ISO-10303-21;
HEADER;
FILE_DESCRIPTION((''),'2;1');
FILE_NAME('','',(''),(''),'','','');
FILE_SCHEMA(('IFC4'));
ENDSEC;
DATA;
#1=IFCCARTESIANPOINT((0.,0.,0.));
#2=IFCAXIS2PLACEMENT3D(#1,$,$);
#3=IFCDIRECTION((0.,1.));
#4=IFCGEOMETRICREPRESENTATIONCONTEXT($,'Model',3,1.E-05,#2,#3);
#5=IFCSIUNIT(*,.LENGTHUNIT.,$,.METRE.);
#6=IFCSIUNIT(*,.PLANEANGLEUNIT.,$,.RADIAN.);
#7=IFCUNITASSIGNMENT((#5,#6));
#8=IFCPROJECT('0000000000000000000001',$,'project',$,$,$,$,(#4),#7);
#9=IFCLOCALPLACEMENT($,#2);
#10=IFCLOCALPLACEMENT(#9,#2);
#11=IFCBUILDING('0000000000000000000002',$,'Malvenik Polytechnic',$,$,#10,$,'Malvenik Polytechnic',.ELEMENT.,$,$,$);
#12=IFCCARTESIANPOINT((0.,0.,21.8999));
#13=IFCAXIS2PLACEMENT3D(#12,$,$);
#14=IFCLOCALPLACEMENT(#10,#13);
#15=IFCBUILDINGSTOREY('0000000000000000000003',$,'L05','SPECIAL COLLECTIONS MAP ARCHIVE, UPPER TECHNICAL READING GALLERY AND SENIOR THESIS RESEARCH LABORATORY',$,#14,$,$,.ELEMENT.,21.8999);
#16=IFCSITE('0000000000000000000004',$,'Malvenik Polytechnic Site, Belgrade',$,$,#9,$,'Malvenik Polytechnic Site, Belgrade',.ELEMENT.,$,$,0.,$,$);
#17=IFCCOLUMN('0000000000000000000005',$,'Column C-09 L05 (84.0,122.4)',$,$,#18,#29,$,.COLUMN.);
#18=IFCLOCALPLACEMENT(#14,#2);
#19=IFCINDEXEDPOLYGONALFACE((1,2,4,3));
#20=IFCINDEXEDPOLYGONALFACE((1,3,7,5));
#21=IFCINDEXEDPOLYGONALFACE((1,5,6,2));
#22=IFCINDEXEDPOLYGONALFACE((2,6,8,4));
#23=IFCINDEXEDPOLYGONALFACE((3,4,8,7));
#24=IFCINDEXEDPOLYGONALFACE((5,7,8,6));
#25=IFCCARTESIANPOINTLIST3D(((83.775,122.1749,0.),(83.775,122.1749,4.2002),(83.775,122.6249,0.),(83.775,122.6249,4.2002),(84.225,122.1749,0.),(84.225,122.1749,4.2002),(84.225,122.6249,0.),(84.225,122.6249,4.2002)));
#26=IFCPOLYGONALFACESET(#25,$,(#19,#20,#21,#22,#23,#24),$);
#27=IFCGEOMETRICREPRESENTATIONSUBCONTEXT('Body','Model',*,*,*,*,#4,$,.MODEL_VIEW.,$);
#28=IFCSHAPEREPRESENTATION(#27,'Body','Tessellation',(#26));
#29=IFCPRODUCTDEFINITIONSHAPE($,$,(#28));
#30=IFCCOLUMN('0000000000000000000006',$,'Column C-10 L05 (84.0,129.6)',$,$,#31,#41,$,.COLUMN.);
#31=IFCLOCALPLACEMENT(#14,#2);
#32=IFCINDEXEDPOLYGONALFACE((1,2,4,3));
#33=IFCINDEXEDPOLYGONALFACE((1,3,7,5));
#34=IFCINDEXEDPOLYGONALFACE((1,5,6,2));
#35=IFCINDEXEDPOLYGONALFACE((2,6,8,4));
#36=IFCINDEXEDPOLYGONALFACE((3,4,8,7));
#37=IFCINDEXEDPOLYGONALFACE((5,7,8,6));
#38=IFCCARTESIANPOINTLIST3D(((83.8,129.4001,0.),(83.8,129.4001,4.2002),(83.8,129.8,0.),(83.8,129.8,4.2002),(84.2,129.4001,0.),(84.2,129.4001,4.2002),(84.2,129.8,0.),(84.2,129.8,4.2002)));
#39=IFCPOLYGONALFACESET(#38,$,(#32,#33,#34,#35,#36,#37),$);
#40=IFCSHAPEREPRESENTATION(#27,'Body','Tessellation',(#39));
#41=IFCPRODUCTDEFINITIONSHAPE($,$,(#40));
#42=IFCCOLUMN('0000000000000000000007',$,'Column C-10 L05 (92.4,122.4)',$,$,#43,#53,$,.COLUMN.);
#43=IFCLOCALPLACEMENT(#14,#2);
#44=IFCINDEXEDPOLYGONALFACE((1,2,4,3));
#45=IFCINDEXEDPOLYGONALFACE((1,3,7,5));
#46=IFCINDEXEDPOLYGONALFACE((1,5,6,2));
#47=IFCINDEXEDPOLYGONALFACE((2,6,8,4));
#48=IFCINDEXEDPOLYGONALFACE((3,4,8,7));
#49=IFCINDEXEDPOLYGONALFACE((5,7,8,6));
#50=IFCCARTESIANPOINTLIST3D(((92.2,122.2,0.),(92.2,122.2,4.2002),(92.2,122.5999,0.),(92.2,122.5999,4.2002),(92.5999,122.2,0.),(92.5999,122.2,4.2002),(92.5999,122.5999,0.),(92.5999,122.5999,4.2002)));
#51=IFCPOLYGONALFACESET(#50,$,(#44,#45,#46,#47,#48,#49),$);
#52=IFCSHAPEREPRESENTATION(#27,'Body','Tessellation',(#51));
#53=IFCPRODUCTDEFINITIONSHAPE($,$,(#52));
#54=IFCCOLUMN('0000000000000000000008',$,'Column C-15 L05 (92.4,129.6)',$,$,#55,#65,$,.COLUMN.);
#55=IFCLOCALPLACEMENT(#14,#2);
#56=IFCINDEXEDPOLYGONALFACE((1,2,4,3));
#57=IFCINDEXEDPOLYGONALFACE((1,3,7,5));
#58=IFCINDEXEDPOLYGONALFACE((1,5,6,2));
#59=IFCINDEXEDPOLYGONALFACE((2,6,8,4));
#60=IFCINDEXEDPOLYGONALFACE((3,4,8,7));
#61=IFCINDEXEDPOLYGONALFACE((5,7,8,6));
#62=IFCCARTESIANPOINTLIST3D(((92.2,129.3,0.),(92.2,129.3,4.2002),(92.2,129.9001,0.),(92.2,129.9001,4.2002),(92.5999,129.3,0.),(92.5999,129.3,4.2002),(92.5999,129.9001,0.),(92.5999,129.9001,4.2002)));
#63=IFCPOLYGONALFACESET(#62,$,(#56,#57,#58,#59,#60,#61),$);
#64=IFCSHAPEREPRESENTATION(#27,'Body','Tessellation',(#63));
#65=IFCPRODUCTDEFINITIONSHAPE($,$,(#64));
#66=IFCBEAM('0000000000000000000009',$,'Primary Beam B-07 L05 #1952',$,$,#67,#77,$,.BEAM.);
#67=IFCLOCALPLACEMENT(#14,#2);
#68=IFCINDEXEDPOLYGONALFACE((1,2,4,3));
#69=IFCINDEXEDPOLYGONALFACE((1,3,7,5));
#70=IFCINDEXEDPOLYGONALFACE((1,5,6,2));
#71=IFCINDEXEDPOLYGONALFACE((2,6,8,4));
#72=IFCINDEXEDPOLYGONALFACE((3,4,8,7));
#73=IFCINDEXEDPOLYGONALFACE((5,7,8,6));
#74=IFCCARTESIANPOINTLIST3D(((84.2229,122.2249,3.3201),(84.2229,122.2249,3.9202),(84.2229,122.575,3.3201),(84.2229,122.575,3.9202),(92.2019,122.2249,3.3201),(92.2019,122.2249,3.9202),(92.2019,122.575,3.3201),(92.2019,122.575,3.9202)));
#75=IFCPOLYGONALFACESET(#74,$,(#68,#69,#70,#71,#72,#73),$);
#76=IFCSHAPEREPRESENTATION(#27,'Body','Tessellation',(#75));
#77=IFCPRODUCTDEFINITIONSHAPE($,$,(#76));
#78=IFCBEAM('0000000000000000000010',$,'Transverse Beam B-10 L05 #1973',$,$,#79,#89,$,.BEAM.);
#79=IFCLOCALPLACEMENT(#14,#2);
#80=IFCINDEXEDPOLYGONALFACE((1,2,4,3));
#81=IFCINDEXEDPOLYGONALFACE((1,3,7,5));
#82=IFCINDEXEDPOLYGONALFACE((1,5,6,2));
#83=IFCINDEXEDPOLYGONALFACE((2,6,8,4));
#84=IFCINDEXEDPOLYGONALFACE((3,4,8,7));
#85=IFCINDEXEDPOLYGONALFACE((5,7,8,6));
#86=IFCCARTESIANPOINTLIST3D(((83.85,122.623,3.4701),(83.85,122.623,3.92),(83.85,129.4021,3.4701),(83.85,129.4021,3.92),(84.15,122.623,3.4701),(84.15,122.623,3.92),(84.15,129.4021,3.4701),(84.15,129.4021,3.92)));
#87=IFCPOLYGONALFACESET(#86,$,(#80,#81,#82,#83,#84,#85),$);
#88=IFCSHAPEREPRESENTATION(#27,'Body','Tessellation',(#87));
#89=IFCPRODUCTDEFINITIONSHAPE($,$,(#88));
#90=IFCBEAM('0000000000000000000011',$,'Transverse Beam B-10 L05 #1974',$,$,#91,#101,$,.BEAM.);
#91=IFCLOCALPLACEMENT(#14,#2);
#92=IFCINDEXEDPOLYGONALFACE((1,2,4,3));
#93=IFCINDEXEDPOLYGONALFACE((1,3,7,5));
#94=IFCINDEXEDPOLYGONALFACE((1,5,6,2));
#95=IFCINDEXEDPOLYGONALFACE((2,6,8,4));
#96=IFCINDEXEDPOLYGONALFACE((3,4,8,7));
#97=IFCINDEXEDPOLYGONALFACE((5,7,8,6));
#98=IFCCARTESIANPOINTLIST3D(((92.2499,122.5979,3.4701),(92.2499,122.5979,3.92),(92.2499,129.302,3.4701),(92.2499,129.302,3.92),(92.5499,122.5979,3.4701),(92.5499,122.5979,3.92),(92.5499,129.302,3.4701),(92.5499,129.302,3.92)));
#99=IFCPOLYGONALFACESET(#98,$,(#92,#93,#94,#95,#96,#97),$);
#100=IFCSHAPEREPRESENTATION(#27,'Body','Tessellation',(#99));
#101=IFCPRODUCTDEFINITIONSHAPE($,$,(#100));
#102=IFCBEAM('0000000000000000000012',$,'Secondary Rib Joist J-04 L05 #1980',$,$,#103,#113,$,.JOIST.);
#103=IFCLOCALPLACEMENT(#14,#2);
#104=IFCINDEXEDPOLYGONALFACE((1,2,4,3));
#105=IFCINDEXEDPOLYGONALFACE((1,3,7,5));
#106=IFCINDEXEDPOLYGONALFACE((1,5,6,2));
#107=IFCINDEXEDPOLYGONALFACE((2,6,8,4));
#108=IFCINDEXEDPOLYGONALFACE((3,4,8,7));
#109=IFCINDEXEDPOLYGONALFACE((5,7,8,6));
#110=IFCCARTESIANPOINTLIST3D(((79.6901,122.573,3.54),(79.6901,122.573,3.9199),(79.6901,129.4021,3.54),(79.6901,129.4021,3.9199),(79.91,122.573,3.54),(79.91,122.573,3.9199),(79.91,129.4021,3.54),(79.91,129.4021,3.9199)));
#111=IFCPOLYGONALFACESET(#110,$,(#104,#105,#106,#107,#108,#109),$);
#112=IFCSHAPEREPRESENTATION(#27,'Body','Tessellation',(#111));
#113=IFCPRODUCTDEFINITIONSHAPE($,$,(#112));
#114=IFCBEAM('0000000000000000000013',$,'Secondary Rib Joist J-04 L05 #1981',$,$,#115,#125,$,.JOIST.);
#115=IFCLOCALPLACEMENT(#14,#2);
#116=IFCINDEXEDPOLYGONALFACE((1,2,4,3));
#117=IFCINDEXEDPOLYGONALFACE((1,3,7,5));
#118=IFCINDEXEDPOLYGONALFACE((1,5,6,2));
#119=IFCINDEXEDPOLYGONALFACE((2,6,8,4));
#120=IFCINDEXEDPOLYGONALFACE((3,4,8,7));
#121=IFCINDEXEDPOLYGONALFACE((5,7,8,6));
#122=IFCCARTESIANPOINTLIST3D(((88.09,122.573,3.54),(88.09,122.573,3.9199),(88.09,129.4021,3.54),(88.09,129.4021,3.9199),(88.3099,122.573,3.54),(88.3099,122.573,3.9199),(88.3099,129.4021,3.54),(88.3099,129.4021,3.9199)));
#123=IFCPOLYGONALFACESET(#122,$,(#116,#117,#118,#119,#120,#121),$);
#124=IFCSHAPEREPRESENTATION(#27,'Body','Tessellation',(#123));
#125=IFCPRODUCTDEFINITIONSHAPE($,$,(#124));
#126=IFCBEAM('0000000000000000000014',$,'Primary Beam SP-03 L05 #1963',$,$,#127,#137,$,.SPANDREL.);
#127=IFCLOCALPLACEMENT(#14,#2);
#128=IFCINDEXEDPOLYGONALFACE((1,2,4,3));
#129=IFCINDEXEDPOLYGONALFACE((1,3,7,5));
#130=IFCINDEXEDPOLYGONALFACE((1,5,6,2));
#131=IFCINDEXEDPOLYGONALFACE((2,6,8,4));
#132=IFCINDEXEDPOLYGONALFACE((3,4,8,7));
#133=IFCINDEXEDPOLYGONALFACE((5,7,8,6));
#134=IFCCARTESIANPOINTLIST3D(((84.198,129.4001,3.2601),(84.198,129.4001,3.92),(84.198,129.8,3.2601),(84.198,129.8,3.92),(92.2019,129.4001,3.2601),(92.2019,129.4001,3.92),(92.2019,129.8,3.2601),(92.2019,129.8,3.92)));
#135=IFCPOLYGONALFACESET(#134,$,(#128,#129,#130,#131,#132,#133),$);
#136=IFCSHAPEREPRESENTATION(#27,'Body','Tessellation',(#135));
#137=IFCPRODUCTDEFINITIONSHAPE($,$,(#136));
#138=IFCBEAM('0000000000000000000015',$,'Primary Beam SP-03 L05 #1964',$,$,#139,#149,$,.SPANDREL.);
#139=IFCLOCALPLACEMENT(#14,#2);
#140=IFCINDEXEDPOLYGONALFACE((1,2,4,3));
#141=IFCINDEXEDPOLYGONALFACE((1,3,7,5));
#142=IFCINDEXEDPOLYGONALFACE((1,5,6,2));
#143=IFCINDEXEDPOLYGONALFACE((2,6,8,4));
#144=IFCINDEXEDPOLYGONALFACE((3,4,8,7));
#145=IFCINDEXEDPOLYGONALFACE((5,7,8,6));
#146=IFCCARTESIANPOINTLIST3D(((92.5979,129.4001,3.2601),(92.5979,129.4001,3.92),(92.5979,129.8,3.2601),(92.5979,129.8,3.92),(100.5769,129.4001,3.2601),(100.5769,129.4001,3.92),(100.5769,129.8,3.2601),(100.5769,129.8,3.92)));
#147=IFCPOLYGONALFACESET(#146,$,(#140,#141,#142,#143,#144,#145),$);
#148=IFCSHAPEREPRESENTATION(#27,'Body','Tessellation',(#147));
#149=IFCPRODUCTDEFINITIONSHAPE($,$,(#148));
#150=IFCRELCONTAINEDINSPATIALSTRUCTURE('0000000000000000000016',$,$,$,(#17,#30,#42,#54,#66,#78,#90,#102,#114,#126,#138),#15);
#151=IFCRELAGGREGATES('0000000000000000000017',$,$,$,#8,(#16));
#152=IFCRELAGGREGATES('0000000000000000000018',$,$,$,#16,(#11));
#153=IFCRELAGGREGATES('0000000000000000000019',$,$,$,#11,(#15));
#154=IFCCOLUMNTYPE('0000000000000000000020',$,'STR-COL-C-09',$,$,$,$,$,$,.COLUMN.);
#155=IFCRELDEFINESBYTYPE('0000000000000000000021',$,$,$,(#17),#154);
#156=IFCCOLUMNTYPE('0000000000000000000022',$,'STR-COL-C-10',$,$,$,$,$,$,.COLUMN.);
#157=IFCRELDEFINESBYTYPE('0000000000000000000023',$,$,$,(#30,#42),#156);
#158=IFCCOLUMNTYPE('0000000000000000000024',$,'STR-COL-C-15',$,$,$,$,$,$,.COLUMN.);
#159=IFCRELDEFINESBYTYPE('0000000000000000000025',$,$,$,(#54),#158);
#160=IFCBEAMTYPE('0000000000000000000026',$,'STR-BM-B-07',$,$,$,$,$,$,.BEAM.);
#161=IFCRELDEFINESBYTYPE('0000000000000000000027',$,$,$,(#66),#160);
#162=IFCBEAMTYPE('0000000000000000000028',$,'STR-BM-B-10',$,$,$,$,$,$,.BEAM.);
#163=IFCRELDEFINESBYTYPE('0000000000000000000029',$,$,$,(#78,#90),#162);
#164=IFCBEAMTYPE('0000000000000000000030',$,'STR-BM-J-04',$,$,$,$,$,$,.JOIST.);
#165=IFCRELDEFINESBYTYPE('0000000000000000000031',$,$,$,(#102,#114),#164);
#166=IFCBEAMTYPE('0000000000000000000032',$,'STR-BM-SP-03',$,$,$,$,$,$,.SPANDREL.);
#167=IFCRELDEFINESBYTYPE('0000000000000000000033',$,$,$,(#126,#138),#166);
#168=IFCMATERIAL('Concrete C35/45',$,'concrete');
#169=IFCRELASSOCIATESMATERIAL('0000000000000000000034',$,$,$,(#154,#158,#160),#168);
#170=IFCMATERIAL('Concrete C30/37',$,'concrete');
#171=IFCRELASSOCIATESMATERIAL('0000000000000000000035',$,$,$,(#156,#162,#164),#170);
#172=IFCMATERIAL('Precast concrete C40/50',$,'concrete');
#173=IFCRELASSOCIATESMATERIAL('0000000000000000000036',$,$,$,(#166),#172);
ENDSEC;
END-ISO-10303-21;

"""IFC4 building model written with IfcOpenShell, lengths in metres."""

from ifc_helpers import new_model, si_unit, direction, frame, origin, origin_2d, place, context, subcontext, project, spatial, rectangle, extrude, material, material_profile, profile_set, type_object, element, save


model = new_model("IFC4")

# Units and contexts
model_context = context("Model", 3, precision=1e-05, world=origin(), true_north=direction((0.0, 1.0)))
body_context = subcontext(model_context, "Body", "Model", "MODEL_VIEW")
ifc_project = project(units=[si_unit("LENGTHUNIT", "METRE"), si_unit("PLANEANGLEUNIT", "RADIAN")], contexts=[model_context])

# Site, building, storey
site_placement = place(None, origin())
site = spatial("IfcSite", under=ifc_project, at=site_placement, Name="Malvenik Polytechnic Site, Belgrade", LongName="Malvenik Polytechnic Site, Belgrade", CompositionType="ELEMENT", RefElevation=0.0)
building_placement = place(site_placement, origin())
building = spatial("IfcBuilding", under=site, at=building_placement, Name="Malvenik Polytechnic", LongName="Malvenik Polytechnic", CompositionType="ELEMENT")
storey_placement = place(building_placement, frame((0.0, 0.0, 21.8999)))
storey = spatial("IfcBuildingStorey", under=building, at=storey_placement, Name="L05", Description="SPECIAL COLLECTIONS MAP ARCHIVE, UPPER TECHNICAL READING GALLERY AND SENIOR THESIS RESEARCH LABORATORY", CompositionType="ELEMENT", Elevation=21.8999)

# Columns
ifc_material_1 = material(Name="Concrete C35/45", Category="concrete")
ifc_material_profile_1 = material_profile(ifc_material_1, rectangle(XDim=0.45, YDim=0.45, at=origin_2d()), Name="RC COL 450x450")
ifc_profile_set_1 = profile_set([ifc_material_profile_1], Name="Concrete C35/45")
column_type_1 = type_object("IfcColumnType", Name="STR-COL-C-09", PredefinedType="COLUMN", material=ifc_profile_set_1)
column_1_placement = place(storey_placement, frame((84.0, 122.3999, 0.0), z_axis=(0.0, 0.0, 1.0), x_axis=(1.0, 0.0, 0.0)))
element("IfcColumn", 1, at=column_1_placement, inside=storey, type_object=column_type_1, Name="Column C-09 L05 (84.0,122.4)", PredefinedType="COLUMN", context=body_context, shape_type="SweptSolid", body=[
    extrude(rectangle(XDim=0.45, YDim=0.45, at=origin_2d()), origin(), (0.0, 0.0, 1.0), 4.2002),
])
ifc_material_2 = material(Name="Concrete C30/37", Category="concrete")
ifc_material_profile_2 = material_profile(ifc_material_2, rectangle(XDim=0.3999, YDim=0.3999, at=origin_2d()), Name="RC COL 400x400")
ifc_profile_set_2 = profile_set([ifc_material_profile_2], Name="Concrete C30/37")
column_type_2 = type_object("IfcColumnType", Name="STR-COL-C-10", PredefinedType="COLUMN", material=ifc_profile_set_2)
for number, where, z_axis, x_axis, name in (
    (2, (84.0, 129.6001, 0.0), (0.0, 0.0, 1.0), (1.0, 0.0, 0.0), "Column C-10 L05 (84.0,129.6)"),
    (3, (92.3999, 122.3999, 0.0), (0.0, 0.0, 1.0), (1.0, 0.0, 0.0), "Column C-10 L05 (92.4,122.4)"),
):
    element("IfcColumn", number, at=place(storey_placement, frame(where, z_axis=z_axis, x_axis=x_axis)), inside=storey, type_object=column_type_2, Name=name, PredefinedType="COLUMN", context=body_context, shape_type="SweptSolid", body=[
        extrude(rectangle(XDim=0.3999, YDim=0.3999, at=origin_2d()), origin(), (0.0, 0.0, 1.0), 4.2002),
    ])
ifc_material_profile_3 = material_profile(ifc_material_1, rectangle(XDim=0.3999, YDim=0.6001, at=origin_2d()), Name="RC COL 600x400")
ifc_profile_set_3 = profile_set([ifc_material_profile_3], Name="Concrete C35/45")
column_type_3 = type_object("IfcColumnType", Name="STR-COL-C-15", PredefinedType="COLUMN", material=ifc_profile_set_3)
column_2_placement = place(storey_placement, frame((92.3999, 129.6001, 0.0), z_axis=(0.0, 0.0, 1.0), x_axis=(1.0, 0.0, 0.0)))
element("IfcColumn", 4, at=column_2_placement, inside=storey, type_object=column_type_3, Name="Column C-15 L05 (92.4,129.6)", PredefinedType="COLUMN", context=body_context, shape_type="SweptSolid", body=[
    extrude(rectangle(XDim=0.3999, YDim=0.6001, at=origin_2d()), origin(), (0.0, 0.0, 1.0), 4.2002),
])

# Beams
ifc_material_profile_4 = material_profile(ifc_material_1, rectangle(XDim=0.3501, YDim=0.6001, at=origin_2d()), Name="RC BM 350x600")
ifc_profile_set_4 = profile_set([ifc_material_profile_4], Name="Concrete C35/45")
beam_type_1 = type_object("IfcBeamType", Name="STR-BM-B-07", PredefinedType="BEAM", material=ifc_profile_set_4)
beam_1_placement = place(storey_placement, frame((84.2229, 122.3999, 3.6201), z_axis=(1.0, 0.0, 0.0), x_axis=(0.0, 1.0, 0.0)))
element("IfcBeam", 5, at=beam_1_placement, inside=storey, type_object=beam_type_1, Name="Primary Beam B-07 L05 #1952", PredefinedType="BEAM", context=body_context, shape_type="SweptSolid", body=[
    extrude(rectangle(XDim=0.3501, YDim=0.6001, at=origin_2d()), origin(), (0.0, 0.0, 1.0), 7.979),
])
ifc_material_profile_5 = material_profile(ifc_material_2, rectangle(XDim=0.3, YDim=0.45, at=origin_2d()), Name="RC BM 300x450")
ifc_profile_set_5 = profile_set([ifc_material_profile_5], Name="Concrete C30/37")
beam_type_2 = type_object("IfcBeamType", Name="STR-BM-B-10", PredefinedType="BEAM", material=ifc_profile_set_5)
beam_2_placement = place(storey_placement, frame((84.0, 122.623, 3.6951), z_axis=(0.0, 1.0, 0.0), x_axis=(-1.0, 0.0, 0.0)))
element("IfcBeam", 6, at=beam_2_placement, inside=storey, type_object=beam_type_2, Name="Transverse Beam B-10 L05 #1973", PredefinedType="BEAM", context=body_context, shape_type="SweptSolid", body=[
    extrude(rectangle(XDim=0.3, YDim=0.45, at=origin_2d()), origin(), (0.0, 0.0, 1.0), 6.7791),
])
beam_3_placement = place(storey_placement, frame((92.3999, 122.5979, 3.6951), z_axis=(0.0, 1.0, 0.0), x_axis=(-1.0, 0.0, 0.0)))
element("IfcBeam", 7, at=beam_3_placement, inside=storey, type_object=beam_type_2, Name="Transverse Beam B-10 L05 #1974", PredefinedType="BEAM", context=body_context, shape_type="SweptSolid", body=[
    extrude(rectangle(XDim=0.3, YDim=0.45, at=origin_2d()), origin(), (0.0, 0.0, 1.0), 6.7041),
])
ifc_material_profile_6 = material_profile(ifc_material_2, rectangle(XDim=0.22, YDim=0.3799, at=origin_2d()), Name="RC JST 220x380")
ifc_profile_set_6 = profile_set([ifc_material_profile_6], Name="Concrete C30/37")
beam_type_3 = type_object("IfcBeamType", Name="STR-BM-J-04", PredefinedType="JOIST", material=ifc_profile_set_6)
for number, where, z_axis, x_axis, name in (
    (8, (79.8, 122.573, 3.73), (0.0, 1.0, 0.0), (-1.0, 0.0, 0.0), "Secondary Rib Joist J-04 L05 #1980"),
    (9, (88.2, 122.573, 3.73), (0.0, 1.0, 0.0), (-1.0, 0.0, 0.0), "Secondary Rib Joist J-04 L05 #1981"),
):
    element("IfcBeam", number, at=place(storey_placement, frame(where, z_axis=z_axis, x_axis=x_axis)), inside=storey, type_object=beam_type_3, Name=name, PredefinedType="JOIST", context=body_context, shape_type="SweptSolid", body=[
        extrude(rectangle(XDim=0.22, YDim=0.3799, at=origin_2d()), origin(), (0.0, 0.0, 1.0), 6.8291),
    ])
ifc_material_3 = material(Name="Precast concrete C40/50", Category="concrete")
ifc_material_profile_7 = material_profile(ifc_material_3, rectangle(XDim=0.3999, YDim=0.6599, at=origin_2d()), Name="PC SPN 400x660")
ifc_profile_set_7 = profile_set([ifc_material_profile_7], Name="Precast concrete C40/50")
beam_type_4 = type_object("IfcBeamType", Name="STR-BM-SP-03", PredefinedType="SPANDREL", material=ifc_profile_set_7)
beam_4_placement = place(storey_placement, frame((84.198, 129.6001, 3.5901), z_axis=(1.0, 0.0, 0.0), x_axis=(0.0, 1.0, 0.0)))
element("IfcBeam", 10, at=beam_4_placement, inside=storey, type_object=beam_type_4, Name="Primary Beam SP-03 L05 #1963", PredefinedType="SPANDREL", context=body_context, shape_type="SweptSolid", body=[
    extrude(rectangle(XDim=0.3999, YDim=0.6599, at=origin_2d()), origin(), (0.0, 0.0, 1.0), 8.0039),
])
beam_5_placement = place(storey_placement, frame((92.5979, 129.6001, 3.5901), z_axis=(1.0, 0.0, 0.0), x_axis=(0.0, 1.0, 0.0)))
element("IfcBeam", 11, at=beam_5_placement, inside=storey, type_object=beam_type_4, Name="Primary Beam SP-03 L05 #1964", PredefinedType="SPANDREL", context=body_context, shape_type="SweptSolid", body=[
    extrude(rectangle(XDim=0.3999, YDim=0.6599, at=origin_2d()), origin(), (0.0, 0.0, 1.0), 7.979),
])

save(model, "model.ifc")
